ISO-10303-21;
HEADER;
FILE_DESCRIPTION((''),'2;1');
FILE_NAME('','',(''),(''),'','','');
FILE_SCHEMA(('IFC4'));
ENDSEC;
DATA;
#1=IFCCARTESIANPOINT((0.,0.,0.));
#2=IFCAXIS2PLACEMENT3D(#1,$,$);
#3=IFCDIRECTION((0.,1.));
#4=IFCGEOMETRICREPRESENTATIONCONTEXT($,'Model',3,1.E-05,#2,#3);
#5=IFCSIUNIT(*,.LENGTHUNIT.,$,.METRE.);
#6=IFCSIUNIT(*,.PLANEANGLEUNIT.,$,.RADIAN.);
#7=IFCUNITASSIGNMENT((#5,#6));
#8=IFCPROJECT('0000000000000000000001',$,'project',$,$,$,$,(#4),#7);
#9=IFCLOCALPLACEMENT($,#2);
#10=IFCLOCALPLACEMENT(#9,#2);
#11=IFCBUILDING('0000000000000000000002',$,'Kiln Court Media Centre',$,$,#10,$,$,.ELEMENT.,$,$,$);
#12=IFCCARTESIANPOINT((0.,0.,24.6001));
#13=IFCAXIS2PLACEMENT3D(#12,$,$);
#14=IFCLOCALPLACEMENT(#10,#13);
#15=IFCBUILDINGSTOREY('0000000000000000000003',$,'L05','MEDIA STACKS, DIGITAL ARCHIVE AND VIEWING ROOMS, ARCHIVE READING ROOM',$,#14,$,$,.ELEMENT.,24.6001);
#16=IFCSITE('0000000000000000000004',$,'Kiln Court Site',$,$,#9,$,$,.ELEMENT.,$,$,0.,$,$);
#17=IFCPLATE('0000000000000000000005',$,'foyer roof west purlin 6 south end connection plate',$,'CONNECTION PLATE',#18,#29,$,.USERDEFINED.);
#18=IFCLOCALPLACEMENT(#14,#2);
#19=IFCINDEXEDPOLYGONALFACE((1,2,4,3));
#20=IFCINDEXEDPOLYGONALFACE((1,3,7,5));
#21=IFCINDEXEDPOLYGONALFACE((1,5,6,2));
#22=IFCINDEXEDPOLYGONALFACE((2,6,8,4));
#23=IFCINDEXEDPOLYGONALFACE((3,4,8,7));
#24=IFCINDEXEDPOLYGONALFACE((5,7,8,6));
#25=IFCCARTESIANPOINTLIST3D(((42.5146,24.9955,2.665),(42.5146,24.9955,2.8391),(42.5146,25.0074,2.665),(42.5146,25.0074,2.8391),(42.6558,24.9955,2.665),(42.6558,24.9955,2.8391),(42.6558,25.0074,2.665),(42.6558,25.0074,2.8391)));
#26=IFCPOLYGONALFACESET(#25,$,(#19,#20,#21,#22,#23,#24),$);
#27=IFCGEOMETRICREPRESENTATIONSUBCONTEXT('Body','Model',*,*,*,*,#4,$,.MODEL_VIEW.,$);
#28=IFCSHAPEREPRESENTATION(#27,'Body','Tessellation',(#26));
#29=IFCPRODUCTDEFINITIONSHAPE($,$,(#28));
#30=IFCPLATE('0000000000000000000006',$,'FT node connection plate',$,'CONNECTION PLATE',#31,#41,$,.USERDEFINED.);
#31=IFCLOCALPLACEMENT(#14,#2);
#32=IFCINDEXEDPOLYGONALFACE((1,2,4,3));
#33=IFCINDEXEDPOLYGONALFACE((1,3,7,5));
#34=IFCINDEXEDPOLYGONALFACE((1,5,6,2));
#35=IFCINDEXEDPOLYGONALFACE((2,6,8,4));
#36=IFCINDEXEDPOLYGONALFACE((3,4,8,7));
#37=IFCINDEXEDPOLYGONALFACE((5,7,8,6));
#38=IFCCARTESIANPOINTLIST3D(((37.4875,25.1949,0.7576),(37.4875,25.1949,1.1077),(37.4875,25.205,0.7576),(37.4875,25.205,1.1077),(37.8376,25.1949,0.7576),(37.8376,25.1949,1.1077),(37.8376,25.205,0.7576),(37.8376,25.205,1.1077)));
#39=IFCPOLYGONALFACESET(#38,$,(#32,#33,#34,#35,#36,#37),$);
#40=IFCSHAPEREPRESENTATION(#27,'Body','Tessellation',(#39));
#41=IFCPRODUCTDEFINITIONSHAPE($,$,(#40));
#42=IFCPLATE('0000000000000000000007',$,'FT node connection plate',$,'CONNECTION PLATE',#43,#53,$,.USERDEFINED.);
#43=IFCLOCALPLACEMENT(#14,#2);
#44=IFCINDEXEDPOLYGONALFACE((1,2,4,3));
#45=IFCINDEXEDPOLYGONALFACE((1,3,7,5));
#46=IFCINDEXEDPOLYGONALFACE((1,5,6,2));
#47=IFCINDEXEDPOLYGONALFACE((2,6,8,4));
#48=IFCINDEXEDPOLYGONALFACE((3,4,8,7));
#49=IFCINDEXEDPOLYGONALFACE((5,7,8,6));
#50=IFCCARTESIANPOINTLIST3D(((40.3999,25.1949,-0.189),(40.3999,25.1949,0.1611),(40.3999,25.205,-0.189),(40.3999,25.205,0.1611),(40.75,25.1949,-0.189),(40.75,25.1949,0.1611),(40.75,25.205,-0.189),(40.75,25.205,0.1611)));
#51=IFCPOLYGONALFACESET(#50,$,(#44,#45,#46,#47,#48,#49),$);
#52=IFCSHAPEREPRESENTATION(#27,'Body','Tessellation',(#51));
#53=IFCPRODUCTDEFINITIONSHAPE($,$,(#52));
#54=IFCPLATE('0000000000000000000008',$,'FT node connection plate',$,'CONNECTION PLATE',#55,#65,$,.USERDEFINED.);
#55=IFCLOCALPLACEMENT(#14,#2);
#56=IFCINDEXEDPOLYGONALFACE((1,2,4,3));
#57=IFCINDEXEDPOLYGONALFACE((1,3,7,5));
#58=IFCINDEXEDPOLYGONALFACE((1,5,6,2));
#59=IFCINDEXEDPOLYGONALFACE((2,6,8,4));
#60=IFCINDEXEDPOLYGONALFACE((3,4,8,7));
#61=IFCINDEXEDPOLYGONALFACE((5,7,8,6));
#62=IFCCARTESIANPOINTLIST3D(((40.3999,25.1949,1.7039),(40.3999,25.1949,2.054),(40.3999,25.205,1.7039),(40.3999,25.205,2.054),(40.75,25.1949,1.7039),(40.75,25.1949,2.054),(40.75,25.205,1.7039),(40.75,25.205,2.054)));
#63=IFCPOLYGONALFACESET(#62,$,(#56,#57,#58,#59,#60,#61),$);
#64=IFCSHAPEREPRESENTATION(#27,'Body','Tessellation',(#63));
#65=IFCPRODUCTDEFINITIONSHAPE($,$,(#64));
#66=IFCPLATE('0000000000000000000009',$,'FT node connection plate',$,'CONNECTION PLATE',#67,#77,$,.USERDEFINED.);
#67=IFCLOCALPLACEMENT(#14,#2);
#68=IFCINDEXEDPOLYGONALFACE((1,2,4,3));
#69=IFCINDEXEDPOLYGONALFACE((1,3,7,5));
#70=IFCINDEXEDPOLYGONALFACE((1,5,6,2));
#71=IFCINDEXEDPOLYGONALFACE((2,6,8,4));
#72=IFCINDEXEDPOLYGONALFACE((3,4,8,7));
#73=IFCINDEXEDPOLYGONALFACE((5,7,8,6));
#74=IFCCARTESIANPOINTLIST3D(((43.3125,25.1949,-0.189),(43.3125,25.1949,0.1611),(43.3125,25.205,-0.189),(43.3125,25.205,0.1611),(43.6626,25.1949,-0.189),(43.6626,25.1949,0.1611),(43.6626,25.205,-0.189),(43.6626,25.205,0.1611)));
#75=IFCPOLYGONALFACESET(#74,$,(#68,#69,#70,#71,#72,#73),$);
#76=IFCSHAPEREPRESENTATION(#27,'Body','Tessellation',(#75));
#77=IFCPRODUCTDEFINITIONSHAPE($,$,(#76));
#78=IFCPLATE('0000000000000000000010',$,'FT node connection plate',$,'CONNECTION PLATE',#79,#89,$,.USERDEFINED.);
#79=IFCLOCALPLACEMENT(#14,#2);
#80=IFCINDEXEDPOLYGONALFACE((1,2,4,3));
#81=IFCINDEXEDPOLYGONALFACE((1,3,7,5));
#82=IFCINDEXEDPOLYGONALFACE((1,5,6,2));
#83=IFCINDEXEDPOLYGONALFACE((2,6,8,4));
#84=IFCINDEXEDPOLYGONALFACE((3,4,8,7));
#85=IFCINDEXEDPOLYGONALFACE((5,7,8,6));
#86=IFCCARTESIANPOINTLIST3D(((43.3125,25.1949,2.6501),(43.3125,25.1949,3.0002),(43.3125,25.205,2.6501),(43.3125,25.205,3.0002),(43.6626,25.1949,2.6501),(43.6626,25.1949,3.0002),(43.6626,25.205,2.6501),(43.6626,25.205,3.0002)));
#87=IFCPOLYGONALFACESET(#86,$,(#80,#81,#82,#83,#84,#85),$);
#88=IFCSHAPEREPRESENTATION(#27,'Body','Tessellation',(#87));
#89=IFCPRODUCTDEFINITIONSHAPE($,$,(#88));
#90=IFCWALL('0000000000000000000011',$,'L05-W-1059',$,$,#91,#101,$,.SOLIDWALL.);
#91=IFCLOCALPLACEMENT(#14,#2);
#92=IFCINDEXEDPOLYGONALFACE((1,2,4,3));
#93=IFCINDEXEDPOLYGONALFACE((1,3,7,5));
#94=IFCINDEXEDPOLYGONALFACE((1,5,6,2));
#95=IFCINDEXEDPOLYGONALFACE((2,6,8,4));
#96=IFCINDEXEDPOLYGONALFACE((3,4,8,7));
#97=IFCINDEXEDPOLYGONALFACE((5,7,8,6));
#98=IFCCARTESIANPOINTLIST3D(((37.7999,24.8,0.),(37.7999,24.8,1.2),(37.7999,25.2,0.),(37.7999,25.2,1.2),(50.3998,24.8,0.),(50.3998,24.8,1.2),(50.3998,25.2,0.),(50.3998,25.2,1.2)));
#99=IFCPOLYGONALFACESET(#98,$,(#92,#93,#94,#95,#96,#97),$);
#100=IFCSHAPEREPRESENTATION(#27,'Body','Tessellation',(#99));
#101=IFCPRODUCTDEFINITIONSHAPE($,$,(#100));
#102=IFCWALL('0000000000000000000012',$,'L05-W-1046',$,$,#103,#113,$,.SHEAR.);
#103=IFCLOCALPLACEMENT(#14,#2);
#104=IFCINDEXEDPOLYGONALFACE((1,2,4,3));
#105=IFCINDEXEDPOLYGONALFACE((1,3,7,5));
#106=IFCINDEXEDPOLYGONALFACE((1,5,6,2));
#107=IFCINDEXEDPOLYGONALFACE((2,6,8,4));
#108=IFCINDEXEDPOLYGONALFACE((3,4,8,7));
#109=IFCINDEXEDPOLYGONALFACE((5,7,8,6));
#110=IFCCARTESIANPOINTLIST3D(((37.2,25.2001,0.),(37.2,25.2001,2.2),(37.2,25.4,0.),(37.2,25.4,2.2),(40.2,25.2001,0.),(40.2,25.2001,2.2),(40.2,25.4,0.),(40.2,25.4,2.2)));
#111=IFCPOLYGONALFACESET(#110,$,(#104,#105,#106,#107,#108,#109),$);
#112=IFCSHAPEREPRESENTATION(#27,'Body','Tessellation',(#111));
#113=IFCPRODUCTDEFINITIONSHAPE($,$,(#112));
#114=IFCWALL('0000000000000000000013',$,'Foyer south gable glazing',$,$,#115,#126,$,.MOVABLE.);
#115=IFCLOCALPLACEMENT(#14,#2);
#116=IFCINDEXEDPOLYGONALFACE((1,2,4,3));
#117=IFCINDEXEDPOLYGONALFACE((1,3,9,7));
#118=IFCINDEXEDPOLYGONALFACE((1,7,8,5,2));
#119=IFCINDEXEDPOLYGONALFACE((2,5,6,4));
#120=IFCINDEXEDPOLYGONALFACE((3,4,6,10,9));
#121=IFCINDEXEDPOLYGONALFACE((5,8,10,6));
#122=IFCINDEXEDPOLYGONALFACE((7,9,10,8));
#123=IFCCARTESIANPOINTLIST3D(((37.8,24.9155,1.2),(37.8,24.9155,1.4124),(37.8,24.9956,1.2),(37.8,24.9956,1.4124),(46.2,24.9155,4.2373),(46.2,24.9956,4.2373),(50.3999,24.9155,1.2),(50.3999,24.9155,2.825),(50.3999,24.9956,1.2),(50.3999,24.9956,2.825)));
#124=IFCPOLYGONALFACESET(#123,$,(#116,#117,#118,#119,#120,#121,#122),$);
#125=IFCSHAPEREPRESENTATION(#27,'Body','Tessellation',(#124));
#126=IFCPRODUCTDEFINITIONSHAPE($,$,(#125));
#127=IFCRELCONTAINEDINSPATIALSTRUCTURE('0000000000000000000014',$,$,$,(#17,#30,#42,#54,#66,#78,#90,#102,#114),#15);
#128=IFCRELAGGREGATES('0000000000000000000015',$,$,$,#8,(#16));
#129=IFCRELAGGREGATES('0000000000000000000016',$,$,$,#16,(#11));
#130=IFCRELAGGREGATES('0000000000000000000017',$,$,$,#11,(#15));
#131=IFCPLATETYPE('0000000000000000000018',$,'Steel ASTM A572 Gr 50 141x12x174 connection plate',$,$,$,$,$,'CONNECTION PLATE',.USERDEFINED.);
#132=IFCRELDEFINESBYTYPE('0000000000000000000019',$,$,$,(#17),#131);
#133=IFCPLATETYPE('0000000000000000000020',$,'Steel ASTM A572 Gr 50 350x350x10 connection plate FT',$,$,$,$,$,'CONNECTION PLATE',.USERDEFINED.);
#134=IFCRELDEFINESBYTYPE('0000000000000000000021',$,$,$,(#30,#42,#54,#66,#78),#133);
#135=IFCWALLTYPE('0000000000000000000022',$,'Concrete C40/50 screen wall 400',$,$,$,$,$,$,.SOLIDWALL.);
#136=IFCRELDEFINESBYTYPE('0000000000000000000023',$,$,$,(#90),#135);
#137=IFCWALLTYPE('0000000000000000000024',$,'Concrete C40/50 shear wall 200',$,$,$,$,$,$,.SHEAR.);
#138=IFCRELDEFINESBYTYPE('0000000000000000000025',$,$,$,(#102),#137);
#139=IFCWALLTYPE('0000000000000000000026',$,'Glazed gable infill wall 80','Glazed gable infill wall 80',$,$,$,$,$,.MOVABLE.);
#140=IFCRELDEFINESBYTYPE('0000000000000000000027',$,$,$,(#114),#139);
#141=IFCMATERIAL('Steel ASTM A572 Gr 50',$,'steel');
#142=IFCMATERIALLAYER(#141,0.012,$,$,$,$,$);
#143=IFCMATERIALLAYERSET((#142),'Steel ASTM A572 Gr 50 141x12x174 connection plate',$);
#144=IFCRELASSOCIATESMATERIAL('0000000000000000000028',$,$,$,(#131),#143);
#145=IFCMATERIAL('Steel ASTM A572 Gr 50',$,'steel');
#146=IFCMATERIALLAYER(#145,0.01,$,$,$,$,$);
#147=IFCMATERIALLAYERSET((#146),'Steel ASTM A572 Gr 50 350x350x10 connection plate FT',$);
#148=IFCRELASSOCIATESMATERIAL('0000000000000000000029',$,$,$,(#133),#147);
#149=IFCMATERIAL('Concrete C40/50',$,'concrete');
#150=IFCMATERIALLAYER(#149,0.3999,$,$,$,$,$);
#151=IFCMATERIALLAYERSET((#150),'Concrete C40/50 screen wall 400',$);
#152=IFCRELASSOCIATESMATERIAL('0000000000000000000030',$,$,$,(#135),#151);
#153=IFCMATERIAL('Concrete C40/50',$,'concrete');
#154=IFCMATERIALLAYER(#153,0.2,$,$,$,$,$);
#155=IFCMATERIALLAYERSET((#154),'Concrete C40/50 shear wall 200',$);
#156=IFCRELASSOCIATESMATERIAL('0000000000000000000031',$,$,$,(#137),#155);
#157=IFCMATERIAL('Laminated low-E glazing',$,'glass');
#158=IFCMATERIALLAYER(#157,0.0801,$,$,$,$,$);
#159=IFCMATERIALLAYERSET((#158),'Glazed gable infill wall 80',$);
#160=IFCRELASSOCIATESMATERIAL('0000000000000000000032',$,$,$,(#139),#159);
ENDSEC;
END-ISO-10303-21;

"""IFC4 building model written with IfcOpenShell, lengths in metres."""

from ifc_helpers import new_model, si_unit, direction, frame, frame_2d, origin, origin_2d, place, context, subcontext, project, spatial, polyline, rectangle, outline, extrude, material, layer, layer_set, type_object, element, save


model = new_model("IFC4")

# Units and contexts
model_context = context("Model", 3, precision=1e-05, world=origin(), true_north=direction((0.0, 1.0)))
body_context = subcontext(model_context, "Body", "Model", "MODEL_VIEW")
ifc_project = project(units=[si_unit("LENGTHUNIT", "METRE"), si_unit("PLANEANGLEUNIT", "RADIAN")], contexts=[model_context])

# Site, building, storey
site_placement = place(None, origin())
site = spatial("IfcSite", under=ifc_project, at=site_placement, Name="Kiln Court Site", CompositionType="ELEMENT", RefElevation=0.0)
building_placement = place(site_placement, origin())
building = spatial("IfcBuilding", under=site, at=building_placement, Name="Kiln Court Media Centre", CompositionType="ELEMENT")
storey_placement = place(building_placement, frame((0.0, 0.0, 24.6001)))
storey = spatial("IfcBuildingStorey", under=building, at=storey_placement, Name="L05", Description="MEDIA STACKS, DIGITAL ARCHIVE AND VIEWING ROOMS, ARCHIVE READING ROOM", CompositionType="ELEMENT", Elevation=24.6001)

# Plates
ifc_material_1 = material(Name="Steel ASTM A572 Gr 50", Category="steel")
ifc_layer_1 = layer(ifc_material_1, 0.012)
ifc_layer_set_1 = layer_set([ifc_layer_1], Name="Steel ASTM A572 Gr 50 141x12x174 connection plate")
plate_type_1 = type_object("IfcPlateType", Name="Steel ASTM A572 Gr 50 141x12x174 connection plate", ElementType="CONNECTION PLATE", PredefinedType="USERDEFINED", material=ifc_layer_set_1)
for number, where, z_axis, x_axis, name in (
    (1, (42.5852, 25.0015, 2.665), (0.0, 0.0, 1.0), (1.0, 0.0, 0.0), "foyer roof west purlin 6 south end connection plate"),
):
    element("IfcPlate", number, at=place(storey_placement, frame(where, z_axis=z_axis, x_axis=x_axis)), inside=storey, type_object=plate_type_1, Name=name, ObjectType="CONNECTION PLATE", PredefinedType="USERDEFINED", context=body_context, shape_type="SweptSolid", body=[
        extrude(rectangle(XDim=0.1411, YDim=0.012, at=origin_2d()), origin(), (0.0, 0.0, 1.0), 0.1741),
    ])
ifc_material_2 = material(Name="Steel ASTM A572 Gr 50", Category="steel")
ifc_layer_2 = layer(ifc_material_2, 0.01)
ifc_layer_set_2 = layer_set([ifc_layer_2], Name="Steel ASTM A572 Gr 50 350x350x10 connection plate FT")
plate_type_2 = type_object("IfcPlateType", Name="Steel ASTM A572 Gr 50 350x350x10 connection plate FT", ElementType="CONNECTION PLATE", PredefinedType="USERDEFINED", material=ifc_layer_set_2)
for number, where, z_axis, x_axis, name in (
    (2, (37.6626, 25.2, 0.7576), (0.0, 0.0, 1.0), (1.0, 0.0, 0.0), "FT node connection plate"),
    (3, (40.575, 25.2, -0.189), (0.0, 0.0, 1.0), (1.0, 0.0, 0.0), "FT node connection plate"),
    (4, (40.575, 25.2, 1.7039), (0.0, 0.0, 1.0), (1.0, 0.0, 0.0), "FT node connection plate"),
    (5, (43.4875, 25.2, -0.189), (0.0, 0.0, 1.0), (1.0, 0.0, 0.0), "FT node connection plate"),
    (6, (43.4875, 25.2, 2.6501), (0.0, 0.0, 1.0), (1.0, 0.0, 0.0), "FT node connection plate"),
):
    element("IfcPlate", number, at=place(storey_placement, frame(where, z_axis=z_axis, x_axis=x_axis)), inside=storey, type_object=plate_type_2, Name=name, ObjectType="CONNECTION PLATE", PredefinedType="USERDEFINED", context=body_context, shape_type="SweptSolid", body=[
        extrude(rectangle(XDim=0.3501, YDim=0.01, at=origin_2d()), origin(), (0.0, 0.0, 1.0), 0.3501),
    ])

# Walls
ifc_material_3 = material(Name="Concrete C40/50", Category="concrete")
ifc_layer_3 = layer(ifc_material_3, 0.3999)
ifc_layer_set_3 = layer_set([ifc_layer_3], Name="Concrete C40/50 screen wall 400")
wall_type_1 = type_object("IfcWallType", Name="Concrete C40/50 screen wall 400", PredefinedType="SOLIDWALL", material=ifc_layer_set_3)
wall_1_placement = place(storey_placement, frame((37.8, 25.0, 0.0), z_axis=(0.0, 0.0, 1.0), x_axis=(1.0, 0.0, 0.0)))
element("IfcWall", 7, at=wall_1_placement, inside=storey, type_object=wall_type_1, Name="L05-W-1059", PredefinedType="SOLIDWALL", context=body_context, shape_type="SweptSolid", body=[
    extrude(rectangle(XDim=12.5999, YDim=0.3999, at=frame_2d((6.2998, 0.0))), origin(), (0.0, 0.0, 1.0), 1.2),
])
ifc_material_4 = material(Name="Concrete C40/50", Category="concrete")
ifc_layer_4 = layer(ifc_material_4, 0.2)
ifc_layer_set_4 = layer_set([ifc_layer_4], Name="Concrete C40/50 shear wall 200")
wall_type_2 = type_object("IfcWallType", Name="Concrete C40/50 shear wall 200", PredefinedType="SHEAR", material=ifc_layer_set_4)
wall_2_placement = place(storey_placement, frame((40.2, 25.3, 0.0), z_axis=(0.0, 0.0, 1.0), x_axis=(-1.0, 0.0, 0.0)))
element("IfcWall", 8, at=wall_2_placement, inside=storey, type_object=wall_type_2, Name="L05-W-1046", PredefinedType="SHEAR", context=body_context, shape_type="SweptSolid", body=[
    extrude(rectangle(XDim=3.0, YDim=0.2, at=frame_2d((1.5, 0.0))), origin(), (0.0, 0.0, 1.0), 2.2),
])
ifc_material_5 = material(Name="Laminated low-E glazing", Category="glass")
ifc_layer_5 = layer(ifc_material_5, 0.0801)
ifc_layer_set_5 = layer_set([ifc_layer_5], Name="Glazed gable infill wall 80")
wall_type_3 = type_object("IfcWallType", Name="Glazed gable infill wall 80", Description="Glazed gable infill wall 80", PredefinedType="MOVABLE", material=ifc_layer_set_5)
wall_3_placement = place(storey_placement, frame((37.8, 24.9556, 1.2), z_axis=(0.0, 0.0, 1.0), x_axis=(1.0, 0.0, 0.0)))
element("IfcWall", 9, at=wall_3_placement, inside=storey, type_object=wall_type_3, Name="Foyer south gable glazing", PredefinedType="MOVABLE", context=body_context, shape_type="SweptSolid", body=[
    extrude(outline(polyline([(0.0, 0.0), (12.5999, 0.0), (12.5999, 1.625), (8.3999, 3.0374), (0.0, 0.2124), (0.0, 0.0)])), frame((0.0, 0.04, 0.0), z_axis=(0.0, -1.0, 0.0), x_axis=(1.0, 0.0, 0.0)), (0.0, 0.0, 1.0), 0.0801),
])

save(model, "model.ifc")
